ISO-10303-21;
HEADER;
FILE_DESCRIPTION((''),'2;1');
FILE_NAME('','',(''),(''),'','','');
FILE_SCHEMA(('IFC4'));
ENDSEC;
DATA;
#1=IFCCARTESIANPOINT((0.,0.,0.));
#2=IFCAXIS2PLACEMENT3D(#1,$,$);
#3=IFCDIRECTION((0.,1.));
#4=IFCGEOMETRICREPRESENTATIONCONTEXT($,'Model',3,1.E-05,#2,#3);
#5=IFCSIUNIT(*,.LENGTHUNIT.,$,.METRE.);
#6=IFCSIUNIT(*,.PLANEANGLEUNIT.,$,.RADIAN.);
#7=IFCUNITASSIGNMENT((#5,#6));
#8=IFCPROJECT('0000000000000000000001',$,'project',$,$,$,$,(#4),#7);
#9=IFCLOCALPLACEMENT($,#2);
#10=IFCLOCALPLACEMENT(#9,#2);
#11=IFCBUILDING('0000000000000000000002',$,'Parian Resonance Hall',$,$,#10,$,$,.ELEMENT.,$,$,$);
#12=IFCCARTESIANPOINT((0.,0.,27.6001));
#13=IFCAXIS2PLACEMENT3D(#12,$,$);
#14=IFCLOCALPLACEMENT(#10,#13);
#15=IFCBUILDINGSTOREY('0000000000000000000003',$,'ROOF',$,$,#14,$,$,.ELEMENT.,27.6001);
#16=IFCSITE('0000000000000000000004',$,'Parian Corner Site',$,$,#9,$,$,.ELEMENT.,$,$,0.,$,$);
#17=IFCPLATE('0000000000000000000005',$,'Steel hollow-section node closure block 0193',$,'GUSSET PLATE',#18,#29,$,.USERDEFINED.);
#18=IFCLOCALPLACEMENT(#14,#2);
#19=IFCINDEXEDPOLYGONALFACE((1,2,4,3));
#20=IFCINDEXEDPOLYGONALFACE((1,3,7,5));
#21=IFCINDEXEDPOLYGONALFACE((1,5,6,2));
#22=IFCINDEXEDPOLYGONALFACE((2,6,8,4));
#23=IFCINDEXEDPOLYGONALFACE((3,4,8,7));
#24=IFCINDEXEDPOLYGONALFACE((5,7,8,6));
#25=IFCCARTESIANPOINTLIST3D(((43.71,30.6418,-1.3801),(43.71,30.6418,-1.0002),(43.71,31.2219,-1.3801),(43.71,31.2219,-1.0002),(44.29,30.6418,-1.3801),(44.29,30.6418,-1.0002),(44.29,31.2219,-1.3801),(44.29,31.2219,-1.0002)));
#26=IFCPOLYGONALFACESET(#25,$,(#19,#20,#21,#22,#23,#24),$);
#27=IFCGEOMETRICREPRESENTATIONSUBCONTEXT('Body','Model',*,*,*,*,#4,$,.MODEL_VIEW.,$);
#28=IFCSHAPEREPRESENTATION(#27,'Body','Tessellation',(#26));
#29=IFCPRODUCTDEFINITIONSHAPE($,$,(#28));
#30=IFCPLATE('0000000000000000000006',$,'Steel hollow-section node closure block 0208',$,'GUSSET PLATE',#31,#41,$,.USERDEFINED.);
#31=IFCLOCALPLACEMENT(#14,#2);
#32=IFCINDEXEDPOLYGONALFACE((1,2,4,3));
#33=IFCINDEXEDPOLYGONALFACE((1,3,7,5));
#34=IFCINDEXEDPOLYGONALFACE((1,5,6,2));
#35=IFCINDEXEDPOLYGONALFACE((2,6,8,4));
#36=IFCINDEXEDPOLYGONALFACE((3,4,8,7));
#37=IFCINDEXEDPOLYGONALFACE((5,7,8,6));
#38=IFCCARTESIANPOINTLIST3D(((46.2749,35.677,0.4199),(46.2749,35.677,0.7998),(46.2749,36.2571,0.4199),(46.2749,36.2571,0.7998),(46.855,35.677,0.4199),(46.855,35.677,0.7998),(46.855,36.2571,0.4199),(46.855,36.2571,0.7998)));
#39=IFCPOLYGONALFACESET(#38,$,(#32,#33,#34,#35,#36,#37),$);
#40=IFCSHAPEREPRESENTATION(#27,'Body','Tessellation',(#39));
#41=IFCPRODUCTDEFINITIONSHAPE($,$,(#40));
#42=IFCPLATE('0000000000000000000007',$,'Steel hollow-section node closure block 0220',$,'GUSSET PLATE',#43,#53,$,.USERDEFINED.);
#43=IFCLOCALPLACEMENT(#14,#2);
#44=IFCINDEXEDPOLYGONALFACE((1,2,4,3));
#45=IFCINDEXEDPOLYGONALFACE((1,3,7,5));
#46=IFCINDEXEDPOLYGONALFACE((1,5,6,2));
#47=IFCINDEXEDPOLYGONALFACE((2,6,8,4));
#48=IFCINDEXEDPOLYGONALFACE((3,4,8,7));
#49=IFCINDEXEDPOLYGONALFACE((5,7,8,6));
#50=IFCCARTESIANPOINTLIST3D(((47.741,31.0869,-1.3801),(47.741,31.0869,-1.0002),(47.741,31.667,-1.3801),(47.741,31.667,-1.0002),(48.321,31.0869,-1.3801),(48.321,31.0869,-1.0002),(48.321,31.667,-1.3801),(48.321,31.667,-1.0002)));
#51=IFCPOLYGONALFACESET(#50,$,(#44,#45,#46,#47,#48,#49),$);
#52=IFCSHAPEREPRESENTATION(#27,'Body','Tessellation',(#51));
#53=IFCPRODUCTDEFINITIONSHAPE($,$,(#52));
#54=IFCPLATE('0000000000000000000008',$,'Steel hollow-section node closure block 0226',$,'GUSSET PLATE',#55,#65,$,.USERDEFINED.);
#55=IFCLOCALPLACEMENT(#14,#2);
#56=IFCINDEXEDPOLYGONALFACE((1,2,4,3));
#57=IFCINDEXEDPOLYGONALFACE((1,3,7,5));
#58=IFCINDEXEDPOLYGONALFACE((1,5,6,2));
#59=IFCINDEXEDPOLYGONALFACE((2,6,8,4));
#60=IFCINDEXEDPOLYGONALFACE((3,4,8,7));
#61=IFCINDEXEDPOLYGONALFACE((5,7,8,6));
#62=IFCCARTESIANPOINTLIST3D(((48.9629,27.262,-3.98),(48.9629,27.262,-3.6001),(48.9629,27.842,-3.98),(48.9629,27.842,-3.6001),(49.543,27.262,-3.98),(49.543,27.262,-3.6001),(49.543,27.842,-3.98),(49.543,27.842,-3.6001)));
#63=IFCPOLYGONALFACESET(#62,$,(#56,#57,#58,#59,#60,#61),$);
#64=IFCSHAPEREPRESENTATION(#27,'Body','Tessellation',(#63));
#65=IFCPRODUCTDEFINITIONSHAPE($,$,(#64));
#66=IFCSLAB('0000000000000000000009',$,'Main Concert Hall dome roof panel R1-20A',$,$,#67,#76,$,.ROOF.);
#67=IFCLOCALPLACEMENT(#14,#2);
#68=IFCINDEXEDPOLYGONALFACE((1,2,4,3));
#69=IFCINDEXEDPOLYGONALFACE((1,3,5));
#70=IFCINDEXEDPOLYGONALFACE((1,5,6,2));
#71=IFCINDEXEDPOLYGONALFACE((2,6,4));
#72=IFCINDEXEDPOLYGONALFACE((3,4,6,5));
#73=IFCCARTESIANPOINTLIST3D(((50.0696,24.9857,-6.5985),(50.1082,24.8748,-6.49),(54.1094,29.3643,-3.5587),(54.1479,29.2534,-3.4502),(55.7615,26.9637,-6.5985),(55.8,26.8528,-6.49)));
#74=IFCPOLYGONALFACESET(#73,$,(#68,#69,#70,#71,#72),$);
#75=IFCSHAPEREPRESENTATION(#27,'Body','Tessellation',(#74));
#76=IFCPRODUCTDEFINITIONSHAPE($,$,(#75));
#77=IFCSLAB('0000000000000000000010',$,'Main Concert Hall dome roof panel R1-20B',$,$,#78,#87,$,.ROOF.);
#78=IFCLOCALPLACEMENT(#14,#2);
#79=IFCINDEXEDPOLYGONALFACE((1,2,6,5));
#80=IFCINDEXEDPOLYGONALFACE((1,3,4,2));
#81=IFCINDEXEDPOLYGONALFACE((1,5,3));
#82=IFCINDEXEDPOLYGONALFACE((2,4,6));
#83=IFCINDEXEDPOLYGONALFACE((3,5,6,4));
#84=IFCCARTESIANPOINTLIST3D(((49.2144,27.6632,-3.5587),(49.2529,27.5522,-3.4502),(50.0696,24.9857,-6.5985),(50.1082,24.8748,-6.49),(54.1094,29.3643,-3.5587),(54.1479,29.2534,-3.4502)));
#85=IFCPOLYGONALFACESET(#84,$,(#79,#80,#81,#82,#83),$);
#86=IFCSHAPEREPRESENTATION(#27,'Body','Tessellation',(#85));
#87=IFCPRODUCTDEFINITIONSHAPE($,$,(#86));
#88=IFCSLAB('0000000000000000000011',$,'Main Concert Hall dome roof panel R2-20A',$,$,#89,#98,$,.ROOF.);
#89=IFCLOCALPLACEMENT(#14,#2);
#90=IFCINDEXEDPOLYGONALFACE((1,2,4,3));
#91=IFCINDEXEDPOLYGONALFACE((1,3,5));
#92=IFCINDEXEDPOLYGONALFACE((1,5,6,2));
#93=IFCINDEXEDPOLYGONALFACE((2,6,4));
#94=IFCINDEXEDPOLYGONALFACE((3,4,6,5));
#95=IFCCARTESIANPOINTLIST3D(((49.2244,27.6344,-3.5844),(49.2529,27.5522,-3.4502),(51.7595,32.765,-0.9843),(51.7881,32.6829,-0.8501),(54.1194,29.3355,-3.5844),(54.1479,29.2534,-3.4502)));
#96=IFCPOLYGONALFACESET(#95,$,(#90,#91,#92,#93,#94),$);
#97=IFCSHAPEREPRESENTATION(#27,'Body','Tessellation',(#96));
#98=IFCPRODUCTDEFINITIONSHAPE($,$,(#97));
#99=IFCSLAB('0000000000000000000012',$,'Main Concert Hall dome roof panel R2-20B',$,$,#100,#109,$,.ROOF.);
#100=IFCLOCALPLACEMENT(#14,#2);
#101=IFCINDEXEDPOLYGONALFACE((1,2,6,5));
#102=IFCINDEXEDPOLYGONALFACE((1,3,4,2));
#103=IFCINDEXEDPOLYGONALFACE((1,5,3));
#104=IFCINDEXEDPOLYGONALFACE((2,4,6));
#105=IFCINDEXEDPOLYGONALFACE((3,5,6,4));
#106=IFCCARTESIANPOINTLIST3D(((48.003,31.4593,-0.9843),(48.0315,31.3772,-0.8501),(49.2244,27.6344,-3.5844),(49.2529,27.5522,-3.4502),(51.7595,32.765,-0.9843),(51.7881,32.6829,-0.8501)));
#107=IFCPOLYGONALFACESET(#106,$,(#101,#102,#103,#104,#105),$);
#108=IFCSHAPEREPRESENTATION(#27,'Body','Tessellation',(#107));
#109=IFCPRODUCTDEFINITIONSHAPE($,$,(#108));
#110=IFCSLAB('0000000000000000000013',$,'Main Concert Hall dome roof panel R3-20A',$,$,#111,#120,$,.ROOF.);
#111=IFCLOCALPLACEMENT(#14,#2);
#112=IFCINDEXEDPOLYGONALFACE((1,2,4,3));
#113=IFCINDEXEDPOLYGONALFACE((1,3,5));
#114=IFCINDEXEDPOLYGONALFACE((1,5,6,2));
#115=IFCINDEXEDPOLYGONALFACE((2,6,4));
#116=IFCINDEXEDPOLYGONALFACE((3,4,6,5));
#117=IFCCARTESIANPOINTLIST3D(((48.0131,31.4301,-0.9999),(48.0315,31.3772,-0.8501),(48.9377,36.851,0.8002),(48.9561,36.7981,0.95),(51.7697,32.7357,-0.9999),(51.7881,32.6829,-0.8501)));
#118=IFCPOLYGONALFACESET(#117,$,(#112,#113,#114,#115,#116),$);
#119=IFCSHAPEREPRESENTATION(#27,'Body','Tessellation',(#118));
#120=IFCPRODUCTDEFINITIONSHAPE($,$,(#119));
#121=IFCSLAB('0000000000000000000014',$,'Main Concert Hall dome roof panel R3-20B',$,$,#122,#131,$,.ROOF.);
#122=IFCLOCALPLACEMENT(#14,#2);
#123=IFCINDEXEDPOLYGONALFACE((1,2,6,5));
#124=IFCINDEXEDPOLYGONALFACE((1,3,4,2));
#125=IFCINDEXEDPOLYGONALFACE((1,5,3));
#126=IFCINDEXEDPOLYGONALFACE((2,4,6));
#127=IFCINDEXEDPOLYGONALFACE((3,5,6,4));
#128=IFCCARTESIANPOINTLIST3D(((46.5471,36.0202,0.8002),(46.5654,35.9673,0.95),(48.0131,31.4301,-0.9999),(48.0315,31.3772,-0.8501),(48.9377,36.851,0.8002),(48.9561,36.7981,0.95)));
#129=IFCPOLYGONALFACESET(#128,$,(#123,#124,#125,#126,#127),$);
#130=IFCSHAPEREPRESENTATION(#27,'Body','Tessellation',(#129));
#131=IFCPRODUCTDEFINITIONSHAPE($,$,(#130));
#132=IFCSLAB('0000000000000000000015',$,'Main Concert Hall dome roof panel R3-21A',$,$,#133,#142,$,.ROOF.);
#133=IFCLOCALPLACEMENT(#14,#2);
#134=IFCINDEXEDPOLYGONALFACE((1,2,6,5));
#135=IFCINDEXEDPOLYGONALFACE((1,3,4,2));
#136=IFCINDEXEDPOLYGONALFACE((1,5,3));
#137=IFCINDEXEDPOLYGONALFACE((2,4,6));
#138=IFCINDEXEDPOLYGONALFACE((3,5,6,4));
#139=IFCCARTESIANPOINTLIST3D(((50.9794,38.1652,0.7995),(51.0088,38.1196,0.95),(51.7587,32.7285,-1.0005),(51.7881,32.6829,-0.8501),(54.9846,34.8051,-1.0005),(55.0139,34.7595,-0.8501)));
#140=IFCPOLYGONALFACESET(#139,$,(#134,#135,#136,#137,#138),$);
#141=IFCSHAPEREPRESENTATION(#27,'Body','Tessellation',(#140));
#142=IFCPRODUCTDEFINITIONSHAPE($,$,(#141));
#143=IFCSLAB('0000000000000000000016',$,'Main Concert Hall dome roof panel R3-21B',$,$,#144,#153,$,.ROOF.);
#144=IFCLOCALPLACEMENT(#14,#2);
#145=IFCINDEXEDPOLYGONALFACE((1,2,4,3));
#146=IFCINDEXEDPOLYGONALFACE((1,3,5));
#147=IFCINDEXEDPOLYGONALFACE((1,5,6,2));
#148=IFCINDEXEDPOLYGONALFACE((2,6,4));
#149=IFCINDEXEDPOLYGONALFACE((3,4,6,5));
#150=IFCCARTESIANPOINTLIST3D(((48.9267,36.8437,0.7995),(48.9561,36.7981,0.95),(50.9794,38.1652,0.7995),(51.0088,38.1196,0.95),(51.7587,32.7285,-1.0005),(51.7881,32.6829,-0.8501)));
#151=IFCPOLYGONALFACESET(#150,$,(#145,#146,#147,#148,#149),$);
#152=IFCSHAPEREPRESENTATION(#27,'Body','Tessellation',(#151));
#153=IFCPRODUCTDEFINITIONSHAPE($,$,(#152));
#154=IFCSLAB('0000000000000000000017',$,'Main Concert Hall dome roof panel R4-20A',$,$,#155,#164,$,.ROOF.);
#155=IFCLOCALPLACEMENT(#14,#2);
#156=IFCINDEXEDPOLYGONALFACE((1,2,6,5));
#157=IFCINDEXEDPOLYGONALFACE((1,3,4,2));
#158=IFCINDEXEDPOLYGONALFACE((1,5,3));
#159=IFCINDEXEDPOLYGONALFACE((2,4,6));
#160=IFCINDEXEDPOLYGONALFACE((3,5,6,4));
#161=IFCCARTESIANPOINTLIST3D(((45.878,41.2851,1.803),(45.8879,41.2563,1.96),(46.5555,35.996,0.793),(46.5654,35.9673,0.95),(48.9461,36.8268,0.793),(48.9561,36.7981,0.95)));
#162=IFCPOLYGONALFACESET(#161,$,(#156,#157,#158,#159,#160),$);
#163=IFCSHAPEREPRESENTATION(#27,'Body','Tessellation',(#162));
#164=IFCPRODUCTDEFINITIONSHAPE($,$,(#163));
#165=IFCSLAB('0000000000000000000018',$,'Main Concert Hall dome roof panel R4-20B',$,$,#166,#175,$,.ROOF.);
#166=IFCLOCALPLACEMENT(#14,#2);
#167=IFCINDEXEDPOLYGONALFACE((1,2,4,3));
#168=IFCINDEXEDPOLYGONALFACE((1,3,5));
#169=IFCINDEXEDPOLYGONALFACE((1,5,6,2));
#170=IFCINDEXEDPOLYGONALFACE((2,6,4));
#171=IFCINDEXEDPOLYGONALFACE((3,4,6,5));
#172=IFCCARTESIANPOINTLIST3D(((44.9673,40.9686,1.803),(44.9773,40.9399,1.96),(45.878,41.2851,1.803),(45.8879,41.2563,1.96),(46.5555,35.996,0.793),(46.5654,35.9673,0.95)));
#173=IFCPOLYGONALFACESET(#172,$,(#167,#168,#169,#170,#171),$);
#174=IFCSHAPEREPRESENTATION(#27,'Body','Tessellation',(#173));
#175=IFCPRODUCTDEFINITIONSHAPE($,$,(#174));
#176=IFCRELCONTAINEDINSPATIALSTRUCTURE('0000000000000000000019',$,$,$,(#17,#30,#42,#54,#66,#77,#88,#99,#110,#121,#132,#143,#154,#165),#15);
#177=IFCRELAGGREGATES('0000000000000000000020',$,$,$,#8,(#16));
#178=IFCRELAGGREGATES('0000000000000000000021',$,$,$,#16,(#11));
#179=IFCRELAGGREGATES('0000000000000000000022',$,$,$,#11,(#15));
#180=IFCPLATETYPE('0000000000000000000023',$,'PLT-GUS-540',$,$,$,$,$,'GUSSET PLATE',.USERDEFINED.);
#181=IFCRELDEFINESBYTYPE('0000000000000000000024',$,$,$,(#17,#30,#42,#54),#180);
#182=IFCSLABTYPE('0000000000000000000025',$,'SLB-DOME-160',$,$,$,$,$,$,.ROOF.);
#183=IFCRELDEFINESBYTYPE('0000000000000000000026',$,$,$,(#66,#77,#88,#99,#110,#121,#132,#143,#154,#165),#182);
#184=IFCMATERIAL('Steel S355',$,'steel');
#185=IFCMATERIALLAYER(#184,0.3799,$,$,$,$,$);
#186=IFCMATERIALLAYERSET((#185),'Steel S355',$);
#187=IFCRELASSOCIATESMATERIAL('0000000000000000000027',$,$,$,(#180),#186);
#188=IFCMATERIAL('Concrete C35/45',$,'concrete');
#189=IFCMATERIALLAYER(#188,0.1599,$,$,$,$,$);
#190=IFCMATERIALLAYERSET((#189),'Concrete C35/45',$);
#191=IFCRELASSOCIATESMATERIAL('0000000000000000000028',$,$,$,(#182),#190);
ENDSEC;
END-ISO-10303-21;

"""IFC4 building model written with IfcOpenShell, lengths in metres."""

from ifc_helpers import new_model, si_unit, direction, frame, origin, origin_2d, place, context, subcontext, project, spatial, polyline, rectangle, outline, extrude, material, layer, layer_set, type_object, element, save


model = new_model("IFC4")

# Units and contexts
model_context = context("Model", 3, precision=1e-05, world=origin(), true_north=direction((0.0, 1.0)))
body_context = subcontext(model_context, "Body", "Model", "MODEL_VIEW")
ifc_project = project(units=[si_unit("LENGTHUNIT", "METRE"), si_unit("PLANEANGLEUNIT", "RADIAN")], contexts=[model_context])

# Site, building, storey
site_placement = place(None, origin())
site = spatial("IfcSite", under=ifc_project, at=site_placement, Name="Parian Corner Site", CompositionType="ELEMENT", RefElevation=0.0)
building_placement = place(site_placement, origin())
building = spatial("IfcBuilding", under=site, at=building_placement, Name="Parian Resonance Hall", CompositionType="ELEMENT")
storey_placement = place(building_placement, frame((0.0, 0.0, 27.6001)))
storey = spatial("IfcBuildingStorey", under=building, at=storey_placement, Name="ROOF", CompositionType="ELEMENT", Elevation=27.6001)

# Plates
ifc_material_1 = material(Name="Steel S355", Category="steel")
ifc_layer_1 = layer(ifc_material_1, 0.3799)
ifc_layer_set_1 = layer_set([ifc_layer_1], Name="Steel S355")
plate_type_1 = type_object("IfcPlateType", Name="PLT-GUS-540", ElementType="GUSSET PLATE", PredefinedType="USERDEFINED", material=ifc_layer_set_1)
for number, where, z_axis, x_axis, name in (
    (1, (44.0, 30.9319, -1.3801), (0.0, 0.0, 1.0), (1.0, 0.0, 0.0), "Steel hollow-section node closure block 0193"),
    (2, (46.5649, 35.967, 0.4199), (0.0, 0.0, 1.0), (1.0, 0.0, 0.0), "Steel hollow-section node closure block 0208"),
    (3, (48.031, 31.377, -1.3801), (0.0, 0.0, 1.0), (1.0, 0.0, 0.0), "Steel hollow-section node closure block 0220"),
    (4, (49.2529, 27.552, -3.98), (0.0, 0.0, 1.0), (1.0, 0.0, 0.0), "Steel hollow-section node closure block 0226"),
):
    element("IfcPlate", number, at=place(storey_placement, frame(where, z_axis=z_axis, x_axis=x_axis)), inside=storey, type_object=plate_type_1, Name=name, ObjectType="GUSSET PLATE", PredefinedType="USERDEFINED", context=body_context, shape_type="SweptSolid", body=[
        extrude(rectangle(XDim=0.5801, YDim=0.5801, at=origin_2d()), origin(), (0.0, 0.0, 1.0), 0.3799),
    ])

# Slabs
ifc_material_2 = material(Name="Concrete C35/45", Category="concrete")
ifc_layer_2 = layer(ifc_material_2, 0.1599)
ifc_layer_set_2 = layer_set([ifc_layer_2], Name="Concrete C35/45")
slab_type = type_object("IfcSlabType", Name="SLB-DOME-160", PredefinedType="ROOF", material=ifc_layer_set_2)
slab_1_placement = place(storey_placement, frame((50.1082, 24.8748, -6.49), z_axis=(0.24105, -0.693635, 0.678797), x_axis=(0.944587, 0.32826, 0.0)))
element("IfcSlab", 5, at=slab_1_placement, inside=storey, type_object=slab_type, Name="Main Concert Hall dome roof panel R1-20A", PredefinedType="ROOF", context=body_context, shape_type="SweptSolid", body=[
    extrude(outline(polyline([(0.0, 0.0), (6.0258, 0.0), (5.2533, 4.1396), (0.0, 0.0)])), origin(), (0.0, 0.0, -1.0), 0.1599),
])
slab_2_placement = place(storey_placement, frame((50.1082, 24.8748, -6.49), z_axis=(0.241062, -0.69364, 0.678788), x_axis=(0.604012, 0.654678, 0.454496)))
element("IfcSlab", 6, at=slab_2_placement, inside=storey, type_object=slab_type, Name="Main Concert Hall dome roof panel R1-20B", PredefinedType="ROOF", context=body_context, shape_type="SweptSolid", body=[
    extrude(outline(polyline([(0.0, 0.0), (6.6883, 0.0), (2.6179, 3.2074), (0.0, 0.0)])), origin(), (0.0, 0.0, -1.0), 0.1599),
])
slab_3_placement = place(storey_placement, frame((49.2529, 27.5522, -3.4502), z_axis=(0.178468, -0.51353, 0.839307), x_axis=(0.944583, 0.328272, 0.0)))
element("IfcSlab", 7, at=slab_3_placement, inside=storey, type_object=slab_type, Name="Main Concert Hall dome roof panel R2-20A", PredefinedType="ROOF", context=body_context, shape_type="SweptSolid", body=[
    extrude(outline(polyline([(0.0, 0.0), (5.1822, 0.0), (4.0789, 4.7826), (0.0, 0.0)])), origin(), (0.0, 0.0, -1.0), 0.1599),
])
slab_4_placement = place(storey_placement, frame((49.2529, 27.5522, -3.4502), z_axis=(0.178488, -0.513536, 0.839299), x_axis=(0.403318, 0.816229, 0.413649)))
element("IfcSlab", 8, at=slab_4_placement, inside=storey, type_object=slab_type, Name="Main Concert Hall dome roof panel R2-20B", PredefinedType="ROOF", context=body_context, shape_type="SweptSolid", body=[
    extrude(outline(polyline([(0.0, 0.0), (6.2858, 0.0), (3.7049, 3.0259), (0.0, 0.0)])), origin(), (0.0, 0.0, -1.0), 0.1599),
])
slab_5_placement = place(storey_placement, frame((48.0315, 31.3772, -0.8501), z_axis=(0.114922, -0.330649, 0.936731), x_axis=(0.944573, 0.328302, 0.0)))
element("IfcSlab", 9, at=slab_5_placement, inside=storey, type_object=slab_type, Name="Main Concert Hall dome roof panel R3-20A", PredefinedType="ROOF", context=body_context, shape_type="SweptSolid", body=[
    extrude(outline(polyline([(0.0, 0.0), (3.977, 0.0), (2.653, 5.1422), (0.0, 0.0)])), origin(), (0.0, 0.0, -1.0), 0.1599),
])
slab_6_placement = place(storey_placement, frame((48.0315, 31.3772, -0.8501), z_axis=(0.114909, -0.330647, 0.936733), x_axis=(0.159785, 0.936853, 0.311089)))
element("IfcSlab", 10, at=slab_6_placement, inside=storey, type_object=slab_type, Name="Main Concert Hall dome roof panel R3-20B", PredefinedType="ROOF", context=body_context, shape_type="SweptSolid", body=[
    extrude(outline(polyline([(0.0, 0.0), (5.7863, 0.0), (4.626, 2.2492), (0.0, 0.0)])), origin(), (0.0, 0.0, -1.0), 0.1599),
])
slab_7_placement = place(storey_placement, frame((51.7881, 32.6829, -0.8501), z_axis=(0.183571, -0.285154, 0.940738), x_axis=(0.840833, 0.541295, 0.0)))
element("IfcSlab", 11, at=slab_7_placement, inside=storey, type_object=slab_type, Name="Main Concert Hall dome roof panel R3-21A", PredefinedType="ROOF", context=body_context, shape_type="SweptSolid", body=[
    extrude(outline(polyline([(0.0, 0.0), (3.8365, 0.0), (2.2876, 5.3078), (0.0, 0.0)])), origin(), (0.0, 0.0, -1.0), 0.1599),
])
slab_8_placement = place(storey_placement, frame((51.7881, 32.6829, -0.8501), z_axis=(0.183579, -0.285153, 0.940737), x_axis=(-0.134831, 0.940652, 0.311439)))
element("IfcSlab", 12, at=slab_8_placement, inside=storey, type_object=slab_type, Name="Main Concert Hall dome roof panel R3-21B", PredefinedType="ROOF", context=body_context, shape_type="SweptSolid", body=[
    extrude(outline(polyline([(0.0, 0.0), (5.7798, 0.0), (4.8135, 2.242), (0.0, 0.0)])), origin(), (0.0, 0.0, -1.0), 0.1599),
])
slab_9_placement = place(storey_placement, frame((46.5654, 35.9673, 0.95), z_axis=(0.062379, -0.179492, 0.98178), x_axis=(0.944584, 0.32827, 0.0)))
element("IfcSlab", 13, at=slab_9_placement, inside=storey, type_object=slab_type, Name="Main Concert Hall dome roof panel R4-20A", PredefinedType="ROOF", context=body_context, shape_type="SweptSolid", body=[
    extrude(outline(polyline([(0.0, 0.0), (2.5309, 0.0), (1.0963, 5.3152), (0.0, 0.0)])), origin(), (0.0, 0.0, -1.0), 0.1599),
])
slab_10_placement = place(storey_placement, frame((46.5654, 35.9673, 0.95), z_axis=(0.062366, -0.179494, 0.98178), x_axis=(-0.124835, 0.974567, 0.186105)))
element("IfcSlab", 14, at=slab_10_placement, inside=storey, type_object=slab_type, Name="Main Concert Hall dome roof panel R4-20B", PredefinedType="ROOF", context=body_context, shape_type="SweptSolid", body=[
    extrude(outline(polyline([(0.0, 0.0), (5.4271, 0.0), (5.2324, 0.9442), (0.0, 0.0)])), origin(), (0.0, 0.0, -1.0), 0.1599),
])

save(model, "model.ifc")
